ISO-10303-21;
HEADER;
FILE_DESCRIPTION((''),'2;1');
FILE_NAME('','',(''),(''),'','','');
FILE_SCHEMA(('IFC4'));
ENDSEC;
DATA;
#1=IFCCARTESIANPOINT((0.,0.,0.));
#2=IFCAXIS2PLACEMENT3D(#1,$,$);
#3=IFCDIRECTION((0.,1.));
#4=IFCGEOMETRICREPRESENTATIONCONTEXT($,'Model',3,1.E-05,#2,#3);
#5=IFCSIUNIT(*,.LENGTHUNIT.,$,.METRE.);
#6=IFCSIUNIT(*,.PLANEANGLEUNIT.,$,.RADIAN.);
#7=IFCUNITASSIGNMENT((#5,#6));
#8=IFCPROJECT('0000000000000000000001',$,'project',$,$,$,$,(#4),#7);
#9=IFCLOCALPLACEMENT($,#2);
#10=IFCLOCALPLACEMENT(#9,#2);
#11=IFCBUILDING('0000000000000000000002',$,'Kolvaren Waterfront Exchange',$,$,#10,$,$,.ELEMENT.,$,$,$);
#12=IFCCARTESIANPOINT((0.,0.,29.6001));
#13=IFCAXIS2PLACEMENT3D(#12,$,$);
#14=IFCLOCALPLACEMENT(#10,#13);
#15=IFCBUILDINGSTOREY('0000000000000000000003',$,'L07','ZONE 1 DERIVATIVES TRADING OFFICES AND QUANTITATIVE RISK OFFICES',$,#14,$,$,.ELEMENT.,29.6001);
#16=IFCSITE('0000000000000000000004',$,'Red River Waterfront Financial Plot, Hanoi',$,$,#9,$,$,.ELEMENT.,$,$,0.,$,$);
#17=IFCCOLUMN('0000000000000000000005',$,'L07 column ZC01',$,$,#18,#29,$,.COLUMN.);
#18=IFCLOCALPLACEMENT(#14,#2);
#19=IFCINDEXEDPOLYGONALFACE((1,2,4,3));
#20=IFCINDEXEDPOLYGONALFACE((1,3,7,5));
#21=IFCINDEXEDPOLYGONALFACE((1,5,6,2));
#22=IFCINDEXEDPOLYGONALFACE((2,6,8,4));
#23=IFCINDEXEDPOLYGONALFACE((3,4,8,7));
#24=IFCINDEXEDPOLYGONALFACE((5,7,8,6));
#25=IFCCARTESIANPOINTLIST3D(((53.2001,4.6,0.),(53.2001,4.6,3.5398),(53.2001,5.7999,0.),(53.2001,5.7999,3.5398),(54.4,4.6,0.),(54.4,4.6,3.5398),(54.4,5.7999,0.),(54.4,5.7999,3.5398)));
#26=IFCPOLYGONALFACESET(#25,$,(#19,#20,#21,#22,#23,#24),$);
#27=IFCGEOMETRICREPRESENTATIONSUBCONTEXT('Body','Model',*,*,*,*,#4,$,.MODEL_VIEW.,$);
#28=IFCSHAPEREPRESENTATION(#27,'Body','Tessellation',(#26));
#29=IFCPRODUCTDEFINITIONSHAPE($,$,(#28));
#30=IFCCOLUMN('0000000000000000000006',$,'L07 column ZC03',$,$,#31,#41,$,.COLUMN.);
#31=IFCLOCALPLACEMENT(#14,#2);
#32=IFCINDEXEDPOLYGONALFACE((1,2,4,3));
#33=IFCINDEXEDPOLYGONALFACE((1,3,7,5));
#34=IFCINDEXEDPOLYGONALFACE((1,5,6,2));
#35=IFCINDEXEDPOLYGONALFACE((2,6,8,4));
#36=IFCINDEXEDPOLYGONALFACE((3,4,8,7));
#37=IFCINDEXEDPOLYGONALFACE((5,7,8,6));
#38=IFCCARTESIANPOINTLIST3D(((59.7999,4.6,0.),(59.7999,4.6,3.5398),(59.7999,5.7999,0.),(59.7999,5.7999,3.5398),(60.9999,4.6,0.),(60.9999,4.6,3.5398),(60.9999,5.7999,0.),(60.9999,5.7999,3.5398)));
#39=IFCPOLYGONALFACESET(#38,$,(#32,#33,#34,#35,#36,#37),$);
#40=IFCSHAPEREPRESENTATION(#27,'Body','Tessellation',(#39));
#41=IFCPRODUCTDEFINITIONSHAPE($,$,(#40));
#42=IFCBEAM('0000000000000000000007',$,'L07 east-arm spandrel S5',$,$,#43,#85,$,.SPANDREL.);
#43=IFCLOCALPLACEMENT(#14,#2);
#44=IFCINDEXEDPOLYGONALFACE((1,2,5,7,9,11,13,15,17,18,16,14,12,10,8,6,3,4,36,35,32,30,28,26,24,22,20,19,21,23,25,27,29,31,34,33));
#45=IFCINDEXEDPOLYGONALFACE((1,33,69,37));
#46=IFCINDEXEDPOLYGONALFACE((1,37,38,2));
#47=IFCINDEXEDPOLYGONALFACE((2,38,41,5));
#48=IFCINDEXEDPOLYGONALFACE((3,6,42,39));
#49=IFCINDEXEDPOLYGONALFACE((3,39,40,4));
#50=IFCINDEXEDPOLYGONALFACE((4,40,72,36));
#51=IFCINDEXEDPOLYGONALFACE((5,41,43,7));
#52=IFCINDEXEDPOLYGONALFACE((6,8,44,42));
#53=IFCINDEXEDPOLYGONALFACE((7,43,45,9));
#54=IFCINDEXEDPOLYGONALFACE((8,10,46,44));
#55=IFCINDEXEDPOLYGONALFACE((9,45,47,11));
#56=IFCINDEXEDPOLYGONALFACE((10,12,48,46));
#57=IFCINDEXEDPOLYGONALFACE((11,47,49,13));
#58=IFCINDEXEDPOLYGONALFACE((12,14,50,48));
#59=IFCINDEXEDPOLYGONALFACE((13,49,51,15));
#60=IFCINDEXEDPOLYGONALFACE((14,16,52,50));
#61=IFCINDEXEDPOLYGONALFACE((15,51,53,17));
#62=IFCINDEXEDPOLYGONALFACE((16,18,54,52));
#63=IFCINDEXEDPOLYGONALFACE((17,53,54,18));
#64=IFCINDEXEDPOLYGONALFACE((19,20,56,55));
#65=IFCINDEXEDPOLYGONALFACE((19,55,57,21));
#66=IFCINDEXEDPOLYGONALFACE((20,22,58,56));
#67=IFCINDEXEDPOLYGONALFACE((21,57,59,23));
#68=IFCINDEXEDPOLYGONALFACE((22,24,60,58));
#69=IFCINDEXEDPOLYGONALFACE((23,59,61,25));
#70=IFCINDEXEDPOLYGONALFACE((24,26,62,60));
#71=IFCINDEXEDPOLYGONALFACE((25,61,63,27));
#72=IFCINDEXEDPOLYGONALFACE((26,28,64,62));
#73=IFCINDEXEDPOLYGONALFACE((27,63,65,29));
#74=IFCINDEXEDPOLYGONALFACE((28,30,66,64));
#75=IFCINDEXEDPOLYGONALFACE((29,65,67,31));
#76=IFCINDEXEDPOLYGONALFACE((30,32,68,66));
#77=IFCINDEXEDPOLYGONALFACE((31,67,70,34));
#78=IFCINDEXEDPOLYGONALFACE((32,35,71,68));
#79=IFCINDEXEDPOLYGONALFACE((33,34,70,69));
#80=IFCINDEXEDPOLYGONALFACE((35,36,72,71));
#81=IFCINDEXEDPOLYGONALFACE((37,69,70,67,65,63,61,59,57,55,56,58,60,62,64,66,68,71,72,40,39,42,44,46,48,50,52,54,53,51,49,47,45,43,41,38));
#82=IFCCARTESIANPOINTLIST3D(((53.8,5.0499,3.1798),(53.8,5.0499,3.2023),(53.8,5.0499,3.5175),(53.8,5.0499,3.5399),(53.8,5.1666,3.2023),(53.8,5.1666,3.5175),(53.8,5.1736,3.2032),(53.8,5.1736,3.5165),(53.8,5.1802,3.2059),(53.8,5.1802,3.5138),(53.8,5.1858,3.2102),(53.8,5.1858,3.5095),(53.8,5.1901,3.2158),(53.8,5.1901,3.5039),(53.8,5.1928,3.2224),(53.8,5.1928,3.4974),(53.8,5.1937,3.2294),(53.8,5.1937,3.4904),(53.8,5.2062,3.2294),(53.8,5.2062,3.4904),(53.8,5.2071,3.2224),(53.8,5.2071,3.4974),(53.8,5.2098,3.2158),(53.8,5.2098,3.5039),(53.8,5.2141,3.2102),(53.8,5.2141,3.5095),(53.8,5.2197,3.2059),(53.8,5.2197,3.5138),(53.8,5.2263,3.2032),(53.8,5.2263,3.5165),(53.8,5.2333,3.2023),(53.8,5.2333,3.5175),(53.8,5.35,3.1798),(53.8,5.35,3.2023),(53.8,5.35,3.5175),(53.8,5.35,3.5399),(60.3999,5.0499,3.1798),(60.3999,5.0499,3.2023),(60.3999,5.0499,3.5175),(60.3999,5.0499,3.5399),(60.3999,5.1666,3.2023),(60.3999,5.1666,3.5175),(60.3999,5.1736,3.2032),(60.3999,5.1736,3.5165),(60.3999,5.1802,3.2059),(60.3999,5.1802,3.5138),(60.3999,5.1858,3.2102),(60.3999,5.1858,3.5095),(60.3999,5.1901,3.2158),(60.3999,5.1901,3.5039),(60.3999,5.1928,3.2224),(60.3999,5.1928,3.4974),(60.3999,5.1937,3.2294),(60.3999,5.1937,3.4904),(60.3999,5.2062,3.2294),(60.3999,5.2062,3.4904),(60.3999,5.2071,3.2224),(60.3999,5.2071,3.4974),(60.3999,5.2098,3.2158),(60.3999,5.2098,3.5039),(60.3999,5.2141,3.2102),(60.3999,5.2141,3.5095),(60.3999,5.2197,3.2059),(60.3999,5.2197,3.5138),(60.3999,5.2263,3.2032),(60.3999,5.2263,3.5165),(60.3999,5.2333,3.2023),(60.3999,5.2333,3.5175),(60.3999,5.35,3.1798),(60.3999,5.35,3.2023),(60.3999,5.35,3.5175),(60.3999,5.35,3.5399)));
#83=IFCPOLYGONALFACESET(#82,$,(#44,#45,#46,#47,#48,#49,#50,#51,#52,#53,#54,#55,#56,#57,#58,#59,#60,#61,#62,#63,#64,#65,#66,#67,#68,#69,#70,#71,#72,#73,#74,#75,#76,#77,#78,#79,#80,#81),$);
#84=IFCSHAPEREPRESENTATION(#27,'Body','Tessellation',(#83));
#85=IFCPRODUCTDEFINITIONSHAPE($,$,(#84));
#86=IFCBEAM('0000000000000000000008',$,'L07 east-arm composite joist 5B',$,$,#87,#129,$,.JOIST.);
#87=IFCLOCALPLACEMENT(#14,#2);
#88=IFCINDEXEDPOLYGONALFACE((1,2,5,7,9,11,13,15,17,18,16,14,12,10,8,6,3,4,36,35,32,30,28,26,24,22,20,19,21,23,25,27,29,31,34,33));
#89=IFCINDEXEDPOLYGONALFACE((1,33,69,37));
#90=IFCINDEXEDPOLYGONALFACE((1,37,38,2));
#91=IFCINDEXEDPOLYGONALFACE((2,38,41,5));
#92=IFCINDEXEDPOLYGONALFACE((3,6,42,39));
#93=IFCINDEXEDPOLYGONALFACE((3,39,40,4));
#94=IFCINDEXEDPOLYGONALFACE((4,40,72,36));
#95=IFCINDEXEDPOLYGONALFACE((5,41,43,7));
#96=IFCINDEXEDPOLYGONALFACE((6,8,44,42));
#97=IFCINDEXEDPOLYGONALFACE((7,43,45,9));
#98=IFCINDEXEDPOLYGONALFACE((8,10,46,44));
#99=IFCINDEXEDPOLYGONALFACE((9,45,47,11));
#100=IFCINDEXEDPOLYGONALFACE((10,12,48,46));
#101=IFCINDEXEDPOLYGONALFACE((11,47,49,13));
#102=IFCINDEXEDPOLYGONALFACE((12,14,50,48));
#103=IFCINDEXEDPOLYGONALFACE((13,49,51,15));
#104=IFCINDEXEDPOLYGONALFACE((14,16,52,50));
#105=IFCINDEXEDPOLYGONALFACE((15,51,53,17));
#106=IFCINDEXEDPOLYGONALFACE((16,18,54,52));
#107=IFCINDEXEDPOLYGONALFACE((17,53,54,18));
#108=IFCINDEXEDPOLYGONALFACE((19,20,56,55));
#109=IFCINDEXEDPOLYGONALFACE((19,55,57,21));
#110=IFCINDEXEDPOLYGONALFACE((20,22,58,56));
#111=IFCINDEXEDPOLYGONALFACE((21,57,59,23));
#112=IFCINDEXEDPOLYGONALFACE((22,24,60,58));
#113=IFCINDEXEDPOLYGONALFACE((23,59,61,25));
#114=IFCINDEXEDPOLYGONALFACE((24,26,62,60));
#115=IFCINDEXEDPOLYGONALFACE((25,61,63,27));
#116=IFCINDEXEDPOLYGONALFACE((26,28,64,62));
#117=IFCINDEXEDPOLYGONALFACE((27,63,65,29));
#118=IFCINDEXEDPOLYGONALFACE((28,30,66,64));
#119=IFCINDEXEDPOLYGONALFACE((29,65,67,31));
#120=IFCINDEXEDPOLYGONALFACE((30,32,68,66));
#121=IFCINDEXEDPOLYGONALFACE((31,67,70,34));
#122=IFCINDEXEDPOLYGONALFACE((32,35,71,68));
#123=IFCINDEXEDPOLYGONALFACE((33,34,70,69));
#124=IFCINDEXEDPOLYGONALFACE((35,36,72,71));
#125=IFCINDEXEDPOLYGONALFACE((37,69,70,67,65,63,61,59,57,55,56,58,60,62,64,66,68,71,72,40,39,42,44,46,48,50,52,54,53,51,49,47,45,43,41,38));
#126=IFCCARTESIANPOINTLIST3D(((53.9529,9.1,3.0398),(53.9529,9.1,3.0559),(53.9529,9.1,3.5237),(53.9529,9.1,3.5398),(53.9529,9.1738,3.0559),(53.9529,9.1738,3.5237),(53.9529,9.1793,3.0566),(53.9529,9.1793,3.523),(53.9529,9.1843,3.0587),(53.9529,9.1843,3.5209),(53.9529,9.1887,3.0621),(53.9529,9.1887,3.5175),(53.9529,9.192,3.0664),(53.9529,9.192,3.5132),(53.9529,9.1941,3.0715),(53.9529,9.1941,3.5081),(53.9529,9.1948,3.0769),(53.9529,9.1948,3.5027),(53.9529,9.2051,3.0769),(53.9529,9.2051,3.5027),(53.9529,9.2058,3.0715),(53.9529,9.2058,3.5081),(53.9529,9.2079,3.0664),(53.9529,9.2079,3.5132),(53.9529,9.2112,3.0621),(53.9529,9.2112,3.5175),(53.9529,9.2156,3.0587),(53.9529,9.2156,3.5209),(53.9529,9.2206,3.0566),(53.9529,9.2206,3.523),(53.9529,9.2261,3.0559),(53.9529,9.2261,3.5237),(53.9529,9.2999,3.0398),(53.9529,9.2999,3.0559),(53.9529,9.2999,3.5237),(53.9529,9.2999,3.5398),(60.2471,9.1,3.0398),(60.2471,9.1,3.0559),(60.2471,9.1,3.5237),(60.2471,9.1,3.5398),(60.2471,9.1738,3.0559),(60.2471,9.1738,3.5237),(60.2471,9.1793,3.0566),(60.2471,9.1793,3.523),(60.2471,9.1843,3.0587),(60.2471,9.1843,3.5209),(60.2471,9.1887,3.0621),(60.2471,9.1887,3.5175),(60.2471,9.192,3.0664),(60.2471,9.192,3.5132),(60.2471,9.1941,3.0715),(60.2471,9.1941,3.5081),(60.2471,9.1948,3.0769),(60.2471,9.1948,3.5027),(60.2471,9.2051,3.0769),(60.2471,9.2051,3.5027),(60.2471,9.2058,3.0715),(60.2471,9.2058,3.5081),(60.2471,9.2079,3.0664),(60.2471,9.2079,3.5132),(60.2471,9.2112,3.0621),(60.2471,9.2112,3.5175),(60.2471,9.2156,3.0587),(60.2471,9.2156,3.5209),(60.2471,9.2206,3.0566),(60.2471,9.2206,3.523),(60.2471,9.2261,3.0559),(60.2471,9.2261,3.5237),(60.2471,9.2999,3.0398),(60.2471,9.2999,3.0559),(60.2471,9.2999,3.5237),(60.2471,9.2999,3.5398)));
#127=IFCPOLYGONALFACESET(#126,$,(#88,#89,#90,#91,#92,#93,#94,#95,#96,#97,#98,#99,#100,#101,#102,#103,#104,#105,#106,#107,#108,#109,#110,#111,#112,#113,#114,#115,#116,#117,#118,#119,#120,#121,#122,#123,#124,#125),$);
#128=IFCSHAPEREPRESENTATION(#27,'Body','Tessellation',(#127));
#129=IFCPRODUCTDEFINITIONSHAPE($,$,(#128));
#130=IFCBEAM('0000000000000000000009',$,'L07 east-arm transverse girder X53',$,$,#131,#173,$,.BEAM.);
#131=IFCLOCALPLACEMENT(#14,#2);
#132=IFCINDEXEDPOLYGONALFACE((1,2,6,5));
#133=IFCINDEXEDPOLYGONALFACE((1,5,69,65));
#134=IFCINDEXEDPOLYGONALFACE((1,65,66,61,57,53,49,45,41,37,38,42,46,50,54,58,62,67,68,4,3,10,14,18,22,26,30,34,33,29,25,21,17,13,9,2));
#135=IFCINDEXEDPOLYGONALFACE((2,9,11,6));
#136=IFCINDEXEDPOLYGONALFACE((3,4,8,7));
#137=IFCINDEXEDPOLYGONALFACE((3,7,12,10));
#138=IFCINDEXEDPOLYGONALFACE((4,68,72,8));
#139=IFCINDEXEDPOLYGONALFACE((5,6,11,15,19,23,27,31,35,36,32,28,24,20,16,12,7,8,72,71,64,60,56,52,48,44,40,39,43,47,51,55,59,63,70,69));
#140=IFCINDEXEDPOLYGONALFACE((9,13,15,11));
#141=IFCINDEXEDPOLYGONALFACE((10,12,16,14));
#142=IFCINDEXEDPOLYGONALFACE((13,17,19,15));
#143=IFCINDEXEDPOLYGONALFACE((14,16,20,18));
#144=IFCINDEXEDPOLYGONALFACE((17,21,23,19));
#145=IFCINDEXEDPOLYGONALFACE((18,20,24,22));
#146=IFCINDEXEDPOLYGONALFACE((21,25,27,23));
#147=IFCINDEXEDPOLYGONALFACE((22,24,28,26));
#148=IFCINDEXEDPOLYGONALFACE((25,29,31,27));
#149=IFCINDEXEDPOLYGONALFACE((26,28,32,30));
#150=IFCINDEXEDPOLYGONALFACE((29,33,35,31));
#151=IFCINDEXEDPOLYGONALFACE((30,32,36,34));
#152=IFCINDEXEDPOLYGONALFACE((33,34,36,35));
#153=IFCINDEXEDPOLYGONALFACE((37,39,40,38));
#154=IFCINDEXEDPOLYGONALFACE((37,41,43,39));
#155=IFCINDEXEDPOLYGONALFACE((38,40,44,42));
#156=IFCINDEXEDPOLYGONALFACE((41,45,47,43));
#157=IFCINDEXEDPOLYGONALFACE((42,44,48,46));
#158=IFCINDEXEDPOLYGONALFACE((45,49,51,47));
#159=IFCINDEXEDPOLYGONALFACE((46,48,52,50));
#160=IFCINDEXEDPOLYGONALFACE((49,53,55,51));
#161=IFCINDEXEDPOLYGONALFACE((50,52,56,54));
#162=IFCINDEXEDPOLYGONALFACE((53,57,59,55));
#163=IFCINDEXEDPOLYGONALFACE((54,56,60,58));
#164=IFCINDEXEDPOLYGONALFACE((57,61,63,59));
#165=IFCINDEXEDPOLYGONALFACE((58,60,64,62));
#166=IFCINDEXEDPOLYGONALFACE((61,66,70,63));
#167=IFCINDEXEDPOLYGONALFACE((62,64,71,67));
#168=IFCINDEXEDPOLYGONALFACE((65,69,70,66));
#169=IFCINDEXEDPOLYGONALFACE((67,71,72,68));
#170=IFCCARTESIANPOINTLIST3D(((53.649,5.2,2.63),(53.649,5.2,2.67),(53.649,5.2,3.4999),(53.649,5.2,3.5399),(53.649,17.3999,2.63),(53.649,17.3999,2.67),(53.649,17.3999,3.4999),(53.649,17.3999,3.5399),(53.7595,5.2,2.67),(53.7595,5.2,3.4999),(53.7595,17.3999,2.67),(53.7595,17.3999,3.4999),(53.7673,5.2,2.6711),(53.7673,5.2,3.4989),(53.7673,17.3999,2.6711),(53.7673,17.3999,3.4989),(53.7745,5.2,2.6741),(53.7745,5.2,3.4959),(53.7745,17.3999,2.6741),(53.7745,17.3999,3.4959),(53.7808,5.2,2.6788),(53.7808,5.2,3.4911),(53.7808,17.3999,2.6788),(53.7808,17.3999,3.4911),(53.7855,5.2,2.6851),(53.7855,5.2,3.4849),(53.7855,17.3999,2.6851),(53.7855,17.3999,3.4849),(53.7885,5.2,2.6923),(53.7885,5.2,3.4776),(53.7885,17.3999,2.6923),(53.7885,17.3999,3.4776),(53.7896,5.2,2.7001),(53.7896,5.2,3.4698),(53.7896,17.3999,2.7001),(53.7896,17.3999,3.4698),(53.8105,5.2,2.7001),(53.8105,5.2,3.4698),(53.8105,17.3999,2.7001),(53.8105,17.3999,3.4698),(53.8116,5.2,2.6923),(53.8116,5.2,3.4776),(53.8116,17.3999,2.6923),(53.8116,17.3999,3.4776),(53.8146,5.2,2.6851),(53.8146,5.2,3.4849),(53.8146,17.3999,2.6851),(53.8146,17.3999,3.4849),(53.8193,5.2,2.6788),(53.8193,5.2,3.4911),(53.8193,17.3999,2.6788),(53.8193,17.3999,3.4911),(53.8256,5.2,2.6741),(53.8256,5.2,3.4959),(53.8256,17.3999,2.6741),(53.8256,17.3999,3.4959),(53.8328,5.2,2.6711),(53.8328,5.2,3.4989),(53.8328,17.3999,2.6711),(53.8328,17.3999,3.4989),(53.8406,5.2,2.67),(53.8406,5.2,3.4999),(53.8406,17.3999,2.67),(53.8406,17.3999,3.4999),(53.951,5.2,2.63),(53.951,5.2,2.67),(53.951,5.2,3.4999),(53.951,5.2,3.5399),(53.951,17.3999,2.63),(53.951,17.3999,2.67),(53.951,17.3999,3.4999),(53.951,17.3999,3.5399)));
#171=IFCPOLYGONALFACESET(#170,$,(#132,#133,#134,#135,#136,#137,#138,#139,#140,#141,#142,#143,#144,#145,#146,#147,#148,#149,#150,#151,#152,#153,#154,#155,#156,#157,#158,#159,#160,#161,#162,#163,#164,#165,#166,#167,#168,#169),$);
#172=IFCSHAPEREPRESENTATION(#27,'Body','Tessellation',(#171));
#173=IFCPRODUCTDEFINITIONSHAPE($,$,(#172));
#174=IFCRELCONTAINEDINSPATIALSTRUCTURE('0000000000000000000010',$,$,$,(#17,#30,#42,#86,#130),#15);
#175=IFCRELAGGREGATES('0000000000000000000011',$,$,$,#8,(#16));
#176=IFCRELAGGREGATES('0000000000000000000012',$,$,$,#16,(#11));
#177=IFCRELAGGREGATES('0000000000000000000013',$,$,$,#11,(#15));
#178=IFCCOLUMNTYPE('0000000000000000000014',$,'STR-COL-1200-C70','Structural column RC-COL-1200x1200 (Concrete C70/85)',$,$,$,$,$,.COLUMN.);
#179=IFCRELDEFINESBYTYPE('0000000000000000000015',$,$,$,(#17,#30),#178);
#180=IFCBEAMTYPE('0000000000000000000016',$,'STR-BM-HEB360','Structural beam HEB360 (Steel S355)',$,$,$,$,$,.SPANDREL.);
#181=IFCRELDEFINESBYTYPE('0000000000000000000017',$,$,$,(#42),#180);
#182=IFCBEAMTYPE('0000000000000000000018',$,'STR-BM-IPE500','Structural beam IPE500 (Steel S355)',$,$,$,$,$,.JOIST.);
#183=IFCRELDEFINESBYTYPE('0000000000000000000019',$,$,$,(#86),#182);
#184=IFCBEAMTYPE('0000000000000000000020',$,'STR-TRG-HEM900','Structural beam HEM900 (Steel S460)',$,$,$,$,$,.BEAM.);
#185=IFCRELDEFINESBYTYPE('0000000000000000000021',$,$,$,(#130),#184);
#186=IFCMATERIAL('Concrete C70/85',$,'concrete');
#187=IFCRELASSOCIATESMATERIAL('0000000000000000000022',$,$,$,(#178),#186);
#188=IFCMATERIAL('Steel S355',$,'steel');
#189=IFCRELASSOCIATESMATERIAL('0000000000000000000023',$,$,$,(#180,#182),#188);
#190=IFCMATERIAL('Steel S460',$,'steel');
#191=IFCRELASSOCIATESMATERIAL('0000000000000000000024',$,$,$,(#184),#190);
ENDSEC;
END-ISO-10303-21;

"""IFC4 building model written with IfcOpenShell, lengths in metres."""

from ifc_helpers import new_model, si_unit, direction, frame, origin, origin_2d, place, context, subcontext, project, spatial, rectangle, i_section, extrude, material, material_profile, profile_set, type_object, element, save


model = new_model("IFC4")

# Units and contexts
model_context = context("Model", 3, precision=1e-05, world=origin(), true_north=direction((0.0, 1.0)))
body_context = subcontext(model_context, "Body", "Model", "MODEL_VIEW")
ifc_project = project(units=[si_unit("LENGTHUNIT", "METRE"), si_unit("PLANEANGLEUNIT", "RADIAN")], contexts=[model_context])

# Site, building, storey
site_placement = place(None, origin())
site = spatial("IfcSite", under=ifc_project, at=site_placement, Name="Red River Waterfront Financial Plot, Hanoi", CompositionType="ELEMENT", RefElevation=0.0)
building_placement = place(site_placement, origin())
building = spatial("IfcBuilding", under=site, at=building_placement, Name="Kolvaren Waterfront Exchange", CompositionType="ELEMENT")
storey_placement = place(building_placement, frame((0.0, 0.0, 29.6001)))
storey = spatial("IfcBuildingStorey", under=building, at=storey_placement, Name="L07", Description="ZONE 1 DERIVATIVES TRADING OFFICES AND QUANTITATIVE RISK OFFICES", CompositionType="ELEMENT", Elevation=29.6001)

# Columns
ifc_material_1 = material(Name="Concrete C70/85", Category="concrete")
ifc_material_profile_1 = material_profile(ifc_material_1, rectangle(XDim=1.2, YDim=1.2, at=origin_2d()), Name="RC-COL-1200x1200")
ifc_profile_set_1 = profile_set([ifc_material_profile_1], Name="Concrete C70/85")
column_type = type_object("IfcColumnType", Name="STR-COL-1200-C70", Description="Structural column RC-COL-1200x1200 (Concrete C70/85)", PredefinedType="COLUMN", material=ifc_profile_set_1)
for number, where, z_axis, x_axis, name in (
    (1, (53.8, 5.2, 0.0), (0.0, 0.0, 1.0), (1.0, 0.0, 0.0), "L07 column ZC01"),
    (2, (60.3999, 5.2, 0.0), (0.0, 0.0, 1.0), (1.0, 0.0, 0.0), "L07 column ZC03"),
):
    element("IfcColumn", number, at=place(storey_placement, frame(where, z_axis=z_axis, x_axis=x_axis)), inside=storey, type_object=column_type, Name=name, PredefinedType="COLUMN", context=body_context, shape_type="SweptSolid", body=[
        extrude(rectangle(XDim=1.2, YDim=1.2, at=origin_2d()), origin(), (0.0, 0.0, 1.0), 3.5398),
    ])

# Beams
ifc_material_2 = material(Name="Steel S355", Category="steel")
ifc_material_profile_2 = material_profile(ifc_material_2, i_section(OverallWidth=0.3, OverallDepth=0.3601, WebThickness=0.0125, FlangeThickness=0.0225, FilletRadius=0.0271, at=origin_2d()), Name="HEB360")
ifc_profile_set_2 = profile_set([ifc_material_profile_2], Name="Steel S355")
beam_type_1 = type_object("IfcBeamType", Name="STR-BM-HEB360", Description="Structural beam HEB360 (Steel S355)", PredefinedType="SPANDREL", material=ifc_profile_set_2)
beam_1_placement = place(storey_placement, frame((53.8, 5.2, 3.3599), z_axis=(1.0, 0.0, 0.0), x_axis=(0.0, 1.0, 0.0)))
element("IfcBeam", 3, at=beam_1_placement, inside=storey, type_object=beam_type_1, Name="L07 east-arm spandrel S5", PredefinedType="SPANDREL", context=body_context, shape_type="SweptSolid", body=[
    extrude(i_section(OverallWidth=0.3, OverallDepth=0.3601, WebThickness=0.0125, FlangeThickness=0.0225, FilletRadius=0.0271, at=origin_2d()), origin(), (0.0, 0.0, 1.0), 6.5999),
])
ifc_material_profile_3 = material_profile(ifc_material_2, i_section(OverallWidth=0.2, OverallDepth=0.5, WebThickness=0.0103, FlangeThickness=0.0161, FilletRadius=0.021, at=origin_2d()), Name="IPE500")
ifc_profile_set_3 = profile_set([ifc_material_profile_3], Name="Steel S355")
beam_type_2 = type_object("IfcBeamType", Name="STR-BM-IPE500", Description="Structural beam IPE500 (Steel S355)", PredefinedType="JOIST", material=ifc_profile_set_3)
beam_2_placement = place(storey_placement, frame((53.9529, 9.2, 3.2898), z_axis=(1.0, 0.0, 0.0), x_axis=(0.0, 1.0, 0.0)))
element("IfcBeam", 4, at=beam_2_placement, inside=storey, type_object=beam_type_2, Name="L07 east-arm composite joist 5B", PredefinedType="JOIST", context=body_context, shape_type="SweptSolid", body=[
    extrude(i_section(OverallWidth=0.2, OverallDepth=0.5, WebThickness=0.0103, FlangeThickness=0.0161, FilletRadius=0.021, at=origin_2d()), origin(), (0.0, 0.0, 1.0), 6.2942),
])
ifc_material_3 = material(Name="Steel S460", Category="steel")
ifc_material_profile_4 = material_profile(ifc_material_3, i_section(OverallWidth=0.302, OverallDepth=0.9099, WebThickness=0.021, FlangeThickness=0.04, FilletRadius=0.03, at=origin_2d()), Name="HEM900")
ifc_profile_set_4 = profile_set([ifc_material_profile_4], Name="Steel S460")
beam_type_3 = type_object("IfcBeamType", Name="STR-TRG-HEM900", Description="Structural beam HEM900 (Steel S460)", PredefinedType="BEAM", material=ifc_profile_set_4)
for number, where, z_axis, x_axis, name in (
    (5, (53.8, 5.2, 3.085), (0.0, 1.0, 0.0), (-1.0, 0.0, 0.0), "L07 east-arm transverse girder X53"),
):
    element("IfcBeam", number, at=place(storey_placement, frame(where, z_axis=z_axis, x_axis=x_axis)), inside=storey, type_object=beam_type_3, Name=name, PredefinedType="BEAM", context=body_context, shape_type="SweptSolid", body=[
        extrude(i_section(OverallWidth=0.302, OverallDepth=0.9099, WebThickness=0.021, FlangeThickness=0.04, FilletRadius=0.03, at=origin_2d()), origin(), (0.0, 0.0, 1.0), 12.2),
    ])

save(model, "model.ifc")
